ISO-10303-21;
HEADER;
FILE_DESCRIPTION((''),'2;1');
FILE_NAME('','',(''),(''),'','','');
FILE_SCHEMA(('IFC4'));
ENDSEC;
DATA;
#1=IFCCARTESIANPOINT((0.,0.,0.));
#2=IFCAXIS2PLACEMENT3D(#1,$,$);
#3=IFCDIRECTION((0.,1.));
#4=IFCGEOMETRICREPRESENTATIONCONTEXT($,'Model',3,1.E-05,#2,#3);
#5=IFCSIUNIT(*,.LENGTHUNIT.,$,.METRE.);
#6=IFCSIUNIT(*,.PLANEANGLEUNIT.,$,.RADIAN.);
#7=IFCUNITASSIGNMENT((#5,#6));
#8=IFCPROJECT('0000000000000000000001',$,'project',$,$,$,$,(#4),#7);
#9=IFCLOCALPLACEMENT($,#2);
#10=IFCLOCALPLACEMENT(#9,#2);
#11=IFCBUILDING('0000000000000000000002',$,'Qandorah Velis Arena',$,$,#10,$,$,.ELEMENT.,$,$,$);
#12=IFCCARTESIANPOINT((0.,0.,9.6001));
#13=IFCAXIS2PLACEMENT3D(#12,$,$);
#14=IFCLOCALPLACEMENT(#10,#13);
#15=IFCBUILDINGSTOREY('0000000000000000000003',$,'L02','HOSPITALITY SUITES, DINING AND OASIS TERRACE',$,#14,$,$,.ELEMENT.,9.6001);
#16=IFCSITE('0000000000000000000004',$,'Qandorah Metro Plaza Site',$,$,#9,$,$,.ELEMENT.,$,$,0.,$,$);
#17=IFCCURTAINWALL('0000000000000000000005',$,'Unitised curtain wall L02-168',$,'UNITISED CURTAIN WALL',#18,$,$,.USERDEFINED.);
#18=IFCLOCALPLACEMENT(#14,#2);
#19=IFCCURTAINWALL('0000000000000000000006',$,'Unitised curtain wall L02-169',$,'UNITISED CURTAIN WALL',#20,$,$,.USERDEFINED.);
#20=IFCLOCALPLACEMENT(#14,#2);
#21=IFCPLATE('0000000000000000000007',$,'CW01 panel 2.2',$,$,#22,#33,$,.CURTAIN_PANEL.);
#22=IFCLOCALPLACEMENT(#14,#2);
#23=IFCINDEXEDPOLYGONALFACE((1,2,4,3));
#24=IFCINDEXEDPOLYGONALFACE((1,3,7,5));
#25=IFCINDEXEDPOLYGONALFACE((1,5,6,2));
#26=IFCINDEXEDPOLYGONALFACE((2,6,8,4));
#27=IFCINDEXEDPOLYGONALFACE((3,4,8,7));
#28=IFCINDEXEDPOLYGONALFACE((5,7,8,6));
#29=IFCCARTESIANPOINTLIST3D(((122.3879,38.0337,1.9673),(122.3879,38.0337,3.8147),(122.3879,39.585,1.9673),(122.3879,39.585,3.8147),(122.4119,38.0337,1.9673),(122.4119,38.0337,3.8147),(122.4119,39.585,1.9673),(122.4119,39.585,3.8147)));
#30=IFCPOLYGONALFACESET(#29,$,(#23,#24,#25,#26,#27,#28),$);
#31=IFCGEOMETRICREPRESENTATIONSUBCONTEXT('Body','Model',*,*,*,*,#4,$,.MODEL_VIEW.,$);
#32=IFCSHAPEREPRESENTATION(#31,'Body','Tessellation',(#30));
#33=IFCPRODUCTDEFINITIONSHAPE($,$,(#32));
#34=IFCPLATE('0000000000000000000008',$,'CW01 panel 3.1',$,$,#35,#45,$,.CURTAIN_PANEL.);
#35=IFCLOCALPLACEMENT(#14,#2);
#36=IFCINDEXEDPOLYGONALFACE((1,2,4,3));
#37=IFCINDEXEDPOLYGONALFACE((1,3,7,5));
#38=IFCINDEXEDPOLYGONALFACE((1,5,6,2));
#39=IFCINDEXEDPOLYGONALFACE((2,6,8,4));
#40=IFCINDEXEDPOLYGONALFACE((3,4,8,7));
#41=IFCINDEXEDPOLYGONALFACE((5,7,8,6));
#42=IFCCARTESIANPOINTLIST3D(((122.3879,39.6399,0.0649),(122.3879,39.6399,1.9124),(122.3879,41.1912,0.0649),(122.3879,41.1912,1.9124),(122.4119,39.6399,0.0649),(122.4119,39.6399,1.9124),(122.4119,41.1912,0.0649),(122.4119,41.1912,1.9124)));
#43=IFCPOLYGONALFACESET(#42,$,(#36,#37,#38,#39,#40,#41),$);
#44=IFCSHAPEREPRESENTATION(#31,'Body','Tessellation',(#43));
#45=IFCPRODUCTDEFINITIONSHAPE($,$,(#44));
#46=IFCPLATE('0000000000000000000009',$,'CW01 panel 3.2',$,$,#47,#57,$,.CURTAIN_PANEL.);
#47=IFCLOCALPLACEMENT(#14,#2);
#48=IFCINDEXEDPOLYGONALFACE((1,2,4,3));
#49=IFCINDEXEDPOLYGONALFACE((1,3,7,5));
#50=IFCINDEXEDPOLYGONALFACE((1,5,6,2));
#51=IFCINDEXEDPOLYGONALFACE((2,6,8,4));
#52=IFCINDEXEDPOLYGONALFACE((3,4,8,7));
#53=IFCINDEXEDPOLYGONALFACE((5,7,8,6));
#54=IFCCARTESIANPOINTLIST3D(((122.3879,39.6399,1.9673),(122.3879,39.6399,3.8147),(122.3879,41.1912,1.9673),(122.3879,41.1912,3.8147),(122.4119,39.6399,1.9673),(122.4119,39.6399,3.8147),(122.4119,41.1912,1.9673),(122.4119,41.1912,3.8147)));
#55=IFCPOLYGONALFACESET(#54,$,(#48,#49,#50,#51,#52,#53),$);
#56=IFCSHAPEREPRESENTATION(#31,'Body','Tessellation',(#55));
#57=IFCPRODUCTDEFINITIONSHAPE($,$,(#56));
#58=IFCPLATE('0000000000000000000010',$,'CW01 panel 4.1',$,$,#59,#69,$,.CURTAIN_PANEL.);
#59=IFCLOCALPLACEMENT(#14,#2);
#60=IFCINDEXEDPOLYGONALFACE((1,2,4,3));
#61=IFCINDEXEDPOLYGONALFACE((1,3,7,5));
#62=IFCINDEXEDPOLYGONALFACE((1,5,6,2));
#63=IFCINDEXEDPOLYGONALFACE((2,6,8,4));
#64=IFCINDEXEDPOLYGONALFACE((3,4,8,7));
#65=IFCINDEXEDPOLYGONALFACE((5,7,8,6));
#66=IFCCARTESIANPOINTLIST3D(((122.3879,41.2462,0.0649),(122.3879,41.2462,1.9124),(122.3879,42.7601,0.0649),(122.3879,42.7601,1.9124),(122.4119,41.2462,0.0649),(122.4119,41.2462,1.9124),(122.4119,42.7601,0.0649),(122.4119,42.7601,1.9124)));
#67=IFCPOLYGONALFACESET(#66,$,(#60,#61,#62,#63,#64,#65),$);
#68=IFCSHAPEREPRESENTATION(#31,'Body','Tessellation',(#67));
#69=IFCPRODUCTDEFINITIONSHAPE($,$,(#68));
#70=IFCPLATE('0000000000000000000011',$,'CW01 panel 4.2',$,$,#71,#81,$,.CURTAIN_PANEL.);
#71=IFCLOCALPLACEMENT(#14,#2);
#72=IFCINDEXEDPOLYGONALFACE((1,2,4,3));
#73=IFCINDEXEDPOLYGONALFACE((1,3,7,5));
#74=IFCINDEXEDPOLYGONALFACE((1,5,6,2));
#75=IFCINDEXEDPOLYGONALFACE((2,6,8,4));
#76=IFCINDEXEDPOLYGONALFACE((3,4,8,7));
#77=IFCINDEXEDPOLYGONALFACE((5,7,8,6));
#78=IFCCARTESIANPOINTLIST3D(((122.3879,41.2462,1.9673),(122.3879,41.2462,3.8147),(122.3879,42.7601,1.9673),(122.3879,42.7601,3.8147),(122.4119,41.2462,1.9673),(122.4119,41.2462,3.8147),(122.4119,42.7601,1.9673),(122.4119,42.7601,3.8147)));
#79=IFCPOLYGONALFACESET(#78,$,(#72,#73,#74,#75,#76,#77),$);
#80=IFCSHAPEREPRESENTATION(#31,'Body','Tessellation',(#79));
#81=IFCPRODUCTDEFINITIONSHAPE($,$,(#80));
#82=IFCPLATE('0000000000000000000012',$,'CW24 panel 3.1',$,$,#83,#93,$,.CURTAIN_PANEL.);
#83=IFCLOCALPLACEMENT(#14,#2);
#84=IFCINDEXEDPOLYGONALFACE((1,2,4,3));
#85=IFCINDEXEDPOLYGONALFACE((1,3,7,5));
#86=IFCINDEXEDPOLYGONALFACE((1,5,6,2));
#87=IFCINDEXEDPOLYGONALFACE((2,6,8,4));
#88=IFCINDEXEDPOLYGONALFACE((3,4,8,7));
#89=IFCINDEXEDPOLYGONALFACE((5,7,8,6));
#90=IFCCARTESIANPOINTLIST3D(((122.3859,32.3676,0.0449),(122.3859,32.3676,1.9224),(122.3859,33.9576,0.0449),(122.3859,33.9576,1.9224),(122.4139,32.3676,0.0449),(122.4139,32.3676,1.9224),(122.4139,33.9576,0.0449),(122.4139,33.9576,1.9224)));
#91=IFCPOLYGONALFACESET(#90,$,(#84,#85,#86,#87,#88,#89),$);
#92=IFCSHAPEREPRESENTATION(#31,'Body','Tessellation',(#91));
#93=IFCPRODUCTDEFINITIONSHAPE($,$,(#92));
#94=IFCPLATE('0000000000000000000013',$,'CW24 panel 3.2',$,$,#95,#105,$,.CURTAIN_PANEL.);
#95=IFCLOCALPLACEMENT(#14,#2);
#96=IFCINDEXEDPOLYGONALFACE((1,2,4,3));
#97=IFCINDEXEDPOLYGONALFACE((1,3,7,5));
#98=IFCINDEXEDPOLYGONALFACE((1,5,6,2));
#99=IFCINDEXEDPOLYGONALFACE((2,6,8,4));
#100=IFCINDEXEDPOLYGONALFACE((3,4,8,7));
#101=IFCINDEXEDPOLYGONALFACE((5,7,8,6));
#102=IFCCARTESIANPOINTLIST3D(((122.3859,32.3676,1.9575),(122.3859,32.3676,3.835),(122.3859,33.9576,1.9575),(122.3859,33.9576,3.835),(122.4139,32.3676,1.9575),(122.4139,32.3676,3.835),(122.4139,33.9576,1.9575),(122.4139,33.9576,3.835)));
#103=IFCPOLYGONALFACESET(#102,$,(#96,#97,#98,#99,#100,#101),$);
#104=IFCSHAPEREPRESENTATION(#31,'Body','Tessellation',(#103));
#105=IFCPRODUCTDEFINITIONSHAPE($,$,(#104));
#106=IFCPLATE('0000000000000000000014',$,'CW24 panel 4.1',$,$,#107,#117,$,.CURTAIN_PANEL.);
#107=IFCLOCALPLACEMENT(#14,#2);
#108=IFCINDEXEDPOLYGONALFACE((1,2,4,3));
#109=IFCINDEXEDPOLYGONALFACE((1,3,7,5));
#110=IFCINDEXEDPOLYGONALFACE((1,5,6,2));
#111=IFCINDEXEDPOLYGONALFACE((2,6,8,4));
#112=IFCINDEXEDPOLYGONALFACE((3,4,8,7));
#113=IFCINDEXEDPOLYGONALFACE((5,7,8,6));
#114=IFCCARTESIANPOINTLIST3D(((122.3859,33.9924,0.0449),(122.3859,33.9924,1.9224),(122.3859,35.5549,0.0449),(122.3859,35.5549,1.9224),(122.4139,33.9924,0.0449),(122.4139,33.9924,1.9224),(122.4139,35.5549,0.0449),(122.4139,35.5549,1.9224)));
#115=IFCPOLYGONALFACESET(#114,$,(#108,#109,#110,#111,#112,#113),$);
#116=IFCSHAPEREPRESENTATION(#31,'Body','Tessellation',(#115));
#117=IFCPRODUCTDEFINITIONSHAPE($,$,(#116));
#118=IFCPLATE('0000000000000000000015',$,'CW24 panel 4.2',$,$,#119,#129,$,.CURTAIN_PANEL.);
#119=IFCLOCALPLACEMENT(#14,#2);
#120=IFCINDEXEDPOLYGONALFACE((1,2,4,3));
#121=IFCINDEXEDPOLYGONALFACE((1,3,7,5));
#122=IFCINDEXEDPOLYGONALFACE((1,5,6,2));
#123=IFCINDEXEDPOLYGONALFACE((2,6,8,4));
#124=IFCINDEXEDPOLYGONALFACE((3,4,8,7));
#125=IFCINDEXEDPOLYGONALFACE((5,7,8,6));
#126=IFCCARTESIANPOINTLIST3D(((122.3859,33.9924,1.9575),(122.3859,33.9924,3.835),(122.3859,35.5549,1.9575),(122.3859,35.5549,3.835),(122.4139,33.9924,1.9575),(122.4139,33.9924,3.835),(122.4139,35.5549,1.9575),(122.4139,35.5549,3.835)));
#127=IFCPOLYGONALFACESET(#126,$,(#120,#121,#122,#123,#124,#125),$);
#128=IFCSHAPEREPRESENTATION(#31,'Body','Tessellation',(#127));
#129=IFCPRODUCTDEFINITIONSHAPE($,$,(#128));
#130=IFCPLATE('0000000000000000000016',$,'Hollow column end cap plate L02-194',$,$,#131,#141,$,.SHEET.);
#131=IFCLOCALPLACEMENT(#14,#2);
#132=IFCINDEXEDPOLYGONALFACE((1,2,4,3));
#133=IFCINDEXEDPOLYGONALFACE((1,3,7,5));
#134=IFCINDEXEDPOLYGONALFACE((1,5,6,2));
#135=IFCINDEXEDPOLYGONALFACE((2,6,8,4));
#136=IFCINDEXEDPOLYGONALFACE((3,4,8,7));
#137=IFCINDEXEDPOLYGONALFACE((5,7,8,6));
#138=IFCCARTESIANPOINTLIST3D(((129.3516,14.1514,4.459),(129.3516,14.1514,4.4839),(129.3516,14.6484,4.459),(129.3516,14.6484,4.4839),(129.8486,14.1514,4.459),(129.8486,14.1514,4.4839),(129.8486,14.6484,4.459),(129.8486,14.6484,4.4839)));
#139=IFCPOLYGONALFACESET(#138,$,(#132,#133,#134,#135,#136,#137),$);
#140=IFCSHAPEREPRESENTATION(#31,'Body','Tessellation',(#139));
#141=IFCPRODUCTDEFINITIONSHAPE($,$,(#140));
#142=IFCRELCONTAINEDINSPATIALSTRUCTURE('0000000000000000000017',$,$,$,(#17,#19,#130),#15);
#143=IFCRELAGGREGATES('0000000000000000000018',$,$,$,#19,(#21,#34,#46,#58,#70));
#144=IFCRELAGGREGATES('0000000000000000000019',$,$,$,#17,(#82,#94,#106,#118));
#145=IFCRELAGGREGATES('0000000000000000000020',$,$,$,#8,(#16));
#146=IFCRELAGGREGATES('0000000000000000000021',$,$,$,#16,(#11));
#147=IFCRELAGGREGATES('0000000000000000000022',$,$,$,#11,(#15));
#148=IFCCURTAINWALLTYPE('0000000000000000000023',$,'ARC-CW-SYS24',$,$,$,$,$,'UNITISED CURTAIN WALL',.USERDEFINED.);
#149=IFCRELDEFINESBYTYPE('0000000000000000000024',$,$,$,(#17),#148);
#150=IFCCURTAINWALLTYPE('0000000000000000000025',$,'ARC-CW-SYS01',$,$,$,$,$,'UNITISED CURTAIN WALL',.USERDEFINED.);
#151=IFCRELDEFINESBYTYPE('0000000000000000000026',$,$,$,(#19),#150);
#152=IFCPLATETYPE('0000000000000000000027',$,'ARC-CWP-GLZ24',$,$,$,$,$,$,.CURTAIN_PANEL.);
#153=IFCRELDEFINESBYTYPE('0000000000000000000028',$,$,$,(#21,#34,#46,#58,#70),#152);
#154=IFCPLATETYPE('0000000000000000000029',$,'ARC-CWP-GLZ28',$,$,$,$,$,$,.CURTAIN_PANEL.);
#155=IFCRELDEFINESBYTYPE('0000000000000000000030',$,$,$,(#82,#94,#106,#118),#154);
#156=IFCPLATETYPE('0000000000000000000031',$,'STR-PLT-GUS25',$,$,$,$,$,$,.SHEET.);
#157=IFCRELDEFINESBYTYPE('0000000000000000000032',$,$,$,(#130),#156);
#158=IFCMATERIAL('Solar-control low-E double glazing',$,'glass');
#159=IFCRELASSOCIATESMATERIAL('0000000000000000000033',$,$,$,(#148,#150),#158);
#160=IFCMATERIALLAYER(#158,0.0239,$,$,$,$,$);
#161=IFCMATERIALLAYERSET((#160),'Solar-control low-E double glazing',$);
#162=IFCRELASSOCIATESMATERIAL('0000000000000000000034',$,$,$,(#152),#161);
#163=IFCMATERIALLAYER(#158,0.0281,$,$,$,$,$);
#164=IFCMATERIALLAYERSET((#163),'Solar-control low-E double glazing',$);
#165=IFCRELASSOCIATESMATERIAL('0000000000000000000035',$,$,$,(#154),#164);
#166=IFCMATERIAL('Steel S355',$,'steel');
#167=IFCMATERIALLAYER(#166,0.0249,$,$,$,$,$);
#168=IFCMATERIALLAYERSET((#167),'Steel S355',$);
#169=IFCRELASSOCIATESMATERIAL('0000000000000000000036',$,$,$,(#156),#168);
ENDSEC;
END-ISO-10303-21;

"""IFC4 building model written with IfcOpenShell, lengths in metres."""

from ifc_helpers import new_model, si_unit, direction, frame, origin, origin_2d, place, context, subcontext, project, spatial, rectangle, extrude, material, layer, layer_set, type_object, element, aggregate, save


model = new_model("IFC4")

# Units and contexts
model_context = context("Model", 3, precision=1e-05, world=origin(), true_north=direction((0.0, 1.0)))
body_context = subcontext(model_context, "Body", "Model", "MODEL_VIEW")
ifc_project = project(units=[si_unit("LENGTHUNIT", "METRE"), si_unit("PLANEANGLEUNIT", "RADIAN")], contexts=[model_context])

# Site, building, storey
site_placement = place(None, origin())
site = spatial("IfcSite", under=ifc_project, at=site_placement, Name="Qandorah Metro Plaza Site", CompositionType="ELEMENT", RefElevation=0.0)
building_placement = place(site_placement, origin())
building = spatial("IfcBuilding", under=site, at=building_placement, Name="Qandorah Velis Arena", CompositionType="ELEMENT")
storey_placement = place(building_placement, frame((0.0, 0.0, 9.6001)))
storey = spatial("IfcBuildingStorey", under=building, at=storey_placement, Name="L02", Description="HOSPITALITY SUITES, DINING AND OASIS TERRACE", CompositionType="ELEMENT", Elevation=9.6001)

# Shared definitions
ifc_material_1 = material(Name="Steel S355", Category="steel")

# Curtain walls
ifc_material_2 = material(Name="Solar-control low-E double glazing", Category="glass")
curtain_wall_type_1 = type_object("IfcCurtainWallType", Name="ARC-CW-SYS24", ElementType="UNITISED CURTAIN WALL", PredefinedType="USERDEFINED", material=ifc_material_2)
curtain_wall_1_placement = place(storey_placement, origin())
curtain_wall_1 = element("IfcCurtainWall", 1, at=curtain_wall_1_placement, inside=storey, type_object=curtain_wall_type_1, Name="Unitised curtain wall L02-168", ObjectType="UNITISED CURTAIN WALL", PredefinedType="USERDEFINED")
curtain_wall_type_2 = type_object("IfcCurtainWallType", Name="ARC-CW-SYS01", ElementType="UNITISED CURTAIN WALL", PredefinedType="USERDEFINED", material=ifc_material_2)
curtain_wall_2_placement = place(storey_placement, origin())
curtain_wall_2 = element("IfcCurtainWall", 2, at=curtain_wall_2_placement, inside=storey, type_object=curtain_wall_type_2, Name="Unitised curtain wall L02-169", ObjectType="UNITISED CURTAIN WALL", PredefinedType="USERDEFINED")

# Plates
ifc_layer_1 = layer(ifc_material_2, 0.0239)
ifc_layer_set_1 = layer_set([ifc_layer_1], Name="Solar-control low-E double glazing")
plate_type_1 = type_object("IfcPlateType", Name="ARC-CWP-GLZ24", PredefinedType="CURTAIN_PANEL", material=ifc_layer_set_1)
plate_1_placement = place(storey_placement, frame((122.3999, 38.8093, 1.9673), z_axis=(0.0, 0.0, 1.0), x_axis=(0.0, 1.0, 0.0)))
plate_1 = element("IfcPlate", 3, at=plate_1_placement, type_object=plate_type_1, Name="CW01 panel 2.2", PredefinedType="CURTAIN_PANEL", context=body_context, shape_type="SweptSolid", body=[
    extrude(rectangle(XDim=1.5513, YDim=0.0239, at=origin_2d()), origin(), (0.0, 0.0, 1.0), 1.8474),
])
plate_2_placement = place(storey_placement, frame((122.3999, 40.4155, 0.0649), z_axis=(0.0, 0.0, 1.0), x_axis=(0.0, 1.0, 0.0)))
plate_2 = element("IfcPlate", 4, at=plate_2_placement, type_object=plate_type_1, Name="CW01 panel 3.1", PredefinedType="CURTAIN_PANEL", context=body_context, shape_type="SweptSolid", body=[
    extrude(rectangle(XDim=1.5513, YDim=0.0239, at=origin_2d()), origin(), (0.0, 0.0, 1.0), 1.8474),
])
plate_3_placement = place(storey_placement, frame((122.3999, 40.4155, 1.9673), z_axis=(0.0, 0.0, 1.0), x_axis=(0.0, 1.0, 0.0)))
plate_3 = element("IfcPlate", 5, at=plate_3_placement, type_object=plate_type_1, Name="CW01 panel 3.2", PredefinedType="CURTAIN_PANEL", context=body_context, shape_type="SweptSolid", body=[
    extrude(rectangle(XDim=1.5513, YDim=0.0239, at=origin_2d()), origin(), (0.0, 0.0, 1.0), 1.8474),
])
plate_4_placement = place(storey_placement, frame((122.3999, 42.0032, 0.0649), z_axis=(0.0, 0.0, 1.0), x_axis=(0.0, 1.0, 0.0)))
plate_4 = element("IfcPlate", 6, at=plate_4_placement, type_object=plate_type_1, Name="CW01 panel 4.1", PredefinedType="CURTAIN_PANEL", context=body_context, shape_type="SweptSolid", body=[
    extrude(rectangle(XDim=1.5139, YDim=0.0239, at=origin_2d()), origin(), (0.0, 0.0, 1.0), 1.8474),
])
plate_5_placement = place(storey_placement, frame((122.3999, 42.0032, 1.9673), z_axis=(0.0, 0.0, 1.0), x_axis=(0.0, 1.0, 0.0)))
plate_5 = element("IfcPlate", 7, at=plate_5_placement, type_object=plate_type_1, Name="CW01 panel 4.2", PredefinedType="CURTAIN_PANEL", context=body_context, shape_type="SweptSolid", body=[
    extrude(rectangle(XDim=1.5139, YDim=0.0239, at=origin_2d()), origin(), (0.0, 0.0, 1.0), 1.8474),
])
aggregate(curtain_wall_2, [plate_1, plate_2, plate_3, plate_4, plate_5])
ifc_layer_2 = layer(ifc_material_2, 0.0281)
ifc_layer_set_2 = layer_set([ifc_layer_2], Name="Solar-control low-E double glazing")
plate_type_2 = type_object("IfcPlateType", Name="ARC-CWP-GLZ28", PredefinedType="CURTAIN_PANEL", material=ifc_layer_set_2)
plate_6_placement = place(storey_placement, frame((122.3999, 33.1626, 0.0449), z_axis=(0.0, 0.0, 1.0), x_axis=(0.0, 1.0, 0.0)))
plate_6 = element("IfcPlate", 8, at=plate_6_placement, type_object=plate_type_2, Name="CW24 panel 3.1", PredefinedType="CURTAIN_PANEL", context=body_context, shape_type="SweptSolid", body=[
    extrude(rectangle(XDim=1.5901, YDim=0.0281, at=origin_2d()), origin(), (0.0, 0.0, 1.0), 1.8774),
])
plate_7_placement = place(storey_placement, frame((122.3999, 33.1626, 1.9575), z_axis=(0.0, 0.0, 1.0), x_axis=(0.0, 1.0, 0.0)))
plate_7 = element("IfcPlate", 9, at=plate_7_placement, type_object=plate_type_2, Name="CW24 panel 3.2", PredefinedType="CURTAIN_PANEL", context=body_context, shape_type="SweptSolid", body=[
    extrude(rectangle(XDim=1.5901, YDim=0.0281, at=origin_2d()), origin(), (0.0, 0.0, 1.0), 1.8774),
])
plate_8_placement = place(storey_placement, frame((122.3999, 34.7737, 0.0449), z_axis=(0.0, 0.0, 1.0), x_axis=(0.0, 1.0, 0.0)))
plate_8 = element("IfcPlate", 10, at=plate_8_placement, type_object=plate_type_2, Name="CW24 panel 4.1", PredefinedType="CURTAIN_PANEL", context=body_context, shape_type="SweptSolid", body=[
    extrude(rectangle(XDim=1.5625, YDim=0.0281, at=origin_2d()), origin(), (0.0, 0.0, 1.0), 1.8774),
])
plate_9_placement = place(storey_placement, frame((122.3999, 34.7737, 1.9575), z_axis=(0.0, 0.0, 1.0), x_axis=(0.0, 1.0, 0.0)))
plate_9 = element("IfcPlate", 11, at=plate_9_placement, type_object=plate_type_2, Name="CW24 panel 4.2", PredefinedType="CURTAIN_PANEL", context=body_context, shape_type="SweptSolid", body=[
    extrude(rectangle(XDim=1.5625, YDim=0.0281, at=origin_2d()), origin(), (0.0, 0.0, 1.0), 1.8774),
])
aggregate(curtain_wall_1, [plate_6, plate_7, plate_8, plate_9])
ifc_layer_3 = layer(ifc_material_1, 0.0249)
ifc_layer_set_3 = layer_set([ifc_layer_3], Name="Steel S355")
plate_type_3 = type_object("IfcPlateType", Name="STR-PLT-GUS25", PredefinedType="SHEET", material=ifc_layer_set_3)
plate_10_placement = place(storey_placement, frame((129.6001, 14.3999, 4.459), z_axis=(0.0, 0.0, 1.0), x_axis=(1.0, 0.0, 0.0)))
element("IfcPlate", 12, at=plate_10_placement, inside=storey, type_object=plate_type_3, Name="Hollow column end cap plate L02-194", PredefinedType="SHEET", context=body_context, shape_type="SweptSolid", body=[
    extrude(rectangle(XDim=0.4971, YDim=0.4971, at=origin_2d()), origin(), (0.0, 0.0, 1.0), 0.0249),
])

save(model, "model.ifc")
